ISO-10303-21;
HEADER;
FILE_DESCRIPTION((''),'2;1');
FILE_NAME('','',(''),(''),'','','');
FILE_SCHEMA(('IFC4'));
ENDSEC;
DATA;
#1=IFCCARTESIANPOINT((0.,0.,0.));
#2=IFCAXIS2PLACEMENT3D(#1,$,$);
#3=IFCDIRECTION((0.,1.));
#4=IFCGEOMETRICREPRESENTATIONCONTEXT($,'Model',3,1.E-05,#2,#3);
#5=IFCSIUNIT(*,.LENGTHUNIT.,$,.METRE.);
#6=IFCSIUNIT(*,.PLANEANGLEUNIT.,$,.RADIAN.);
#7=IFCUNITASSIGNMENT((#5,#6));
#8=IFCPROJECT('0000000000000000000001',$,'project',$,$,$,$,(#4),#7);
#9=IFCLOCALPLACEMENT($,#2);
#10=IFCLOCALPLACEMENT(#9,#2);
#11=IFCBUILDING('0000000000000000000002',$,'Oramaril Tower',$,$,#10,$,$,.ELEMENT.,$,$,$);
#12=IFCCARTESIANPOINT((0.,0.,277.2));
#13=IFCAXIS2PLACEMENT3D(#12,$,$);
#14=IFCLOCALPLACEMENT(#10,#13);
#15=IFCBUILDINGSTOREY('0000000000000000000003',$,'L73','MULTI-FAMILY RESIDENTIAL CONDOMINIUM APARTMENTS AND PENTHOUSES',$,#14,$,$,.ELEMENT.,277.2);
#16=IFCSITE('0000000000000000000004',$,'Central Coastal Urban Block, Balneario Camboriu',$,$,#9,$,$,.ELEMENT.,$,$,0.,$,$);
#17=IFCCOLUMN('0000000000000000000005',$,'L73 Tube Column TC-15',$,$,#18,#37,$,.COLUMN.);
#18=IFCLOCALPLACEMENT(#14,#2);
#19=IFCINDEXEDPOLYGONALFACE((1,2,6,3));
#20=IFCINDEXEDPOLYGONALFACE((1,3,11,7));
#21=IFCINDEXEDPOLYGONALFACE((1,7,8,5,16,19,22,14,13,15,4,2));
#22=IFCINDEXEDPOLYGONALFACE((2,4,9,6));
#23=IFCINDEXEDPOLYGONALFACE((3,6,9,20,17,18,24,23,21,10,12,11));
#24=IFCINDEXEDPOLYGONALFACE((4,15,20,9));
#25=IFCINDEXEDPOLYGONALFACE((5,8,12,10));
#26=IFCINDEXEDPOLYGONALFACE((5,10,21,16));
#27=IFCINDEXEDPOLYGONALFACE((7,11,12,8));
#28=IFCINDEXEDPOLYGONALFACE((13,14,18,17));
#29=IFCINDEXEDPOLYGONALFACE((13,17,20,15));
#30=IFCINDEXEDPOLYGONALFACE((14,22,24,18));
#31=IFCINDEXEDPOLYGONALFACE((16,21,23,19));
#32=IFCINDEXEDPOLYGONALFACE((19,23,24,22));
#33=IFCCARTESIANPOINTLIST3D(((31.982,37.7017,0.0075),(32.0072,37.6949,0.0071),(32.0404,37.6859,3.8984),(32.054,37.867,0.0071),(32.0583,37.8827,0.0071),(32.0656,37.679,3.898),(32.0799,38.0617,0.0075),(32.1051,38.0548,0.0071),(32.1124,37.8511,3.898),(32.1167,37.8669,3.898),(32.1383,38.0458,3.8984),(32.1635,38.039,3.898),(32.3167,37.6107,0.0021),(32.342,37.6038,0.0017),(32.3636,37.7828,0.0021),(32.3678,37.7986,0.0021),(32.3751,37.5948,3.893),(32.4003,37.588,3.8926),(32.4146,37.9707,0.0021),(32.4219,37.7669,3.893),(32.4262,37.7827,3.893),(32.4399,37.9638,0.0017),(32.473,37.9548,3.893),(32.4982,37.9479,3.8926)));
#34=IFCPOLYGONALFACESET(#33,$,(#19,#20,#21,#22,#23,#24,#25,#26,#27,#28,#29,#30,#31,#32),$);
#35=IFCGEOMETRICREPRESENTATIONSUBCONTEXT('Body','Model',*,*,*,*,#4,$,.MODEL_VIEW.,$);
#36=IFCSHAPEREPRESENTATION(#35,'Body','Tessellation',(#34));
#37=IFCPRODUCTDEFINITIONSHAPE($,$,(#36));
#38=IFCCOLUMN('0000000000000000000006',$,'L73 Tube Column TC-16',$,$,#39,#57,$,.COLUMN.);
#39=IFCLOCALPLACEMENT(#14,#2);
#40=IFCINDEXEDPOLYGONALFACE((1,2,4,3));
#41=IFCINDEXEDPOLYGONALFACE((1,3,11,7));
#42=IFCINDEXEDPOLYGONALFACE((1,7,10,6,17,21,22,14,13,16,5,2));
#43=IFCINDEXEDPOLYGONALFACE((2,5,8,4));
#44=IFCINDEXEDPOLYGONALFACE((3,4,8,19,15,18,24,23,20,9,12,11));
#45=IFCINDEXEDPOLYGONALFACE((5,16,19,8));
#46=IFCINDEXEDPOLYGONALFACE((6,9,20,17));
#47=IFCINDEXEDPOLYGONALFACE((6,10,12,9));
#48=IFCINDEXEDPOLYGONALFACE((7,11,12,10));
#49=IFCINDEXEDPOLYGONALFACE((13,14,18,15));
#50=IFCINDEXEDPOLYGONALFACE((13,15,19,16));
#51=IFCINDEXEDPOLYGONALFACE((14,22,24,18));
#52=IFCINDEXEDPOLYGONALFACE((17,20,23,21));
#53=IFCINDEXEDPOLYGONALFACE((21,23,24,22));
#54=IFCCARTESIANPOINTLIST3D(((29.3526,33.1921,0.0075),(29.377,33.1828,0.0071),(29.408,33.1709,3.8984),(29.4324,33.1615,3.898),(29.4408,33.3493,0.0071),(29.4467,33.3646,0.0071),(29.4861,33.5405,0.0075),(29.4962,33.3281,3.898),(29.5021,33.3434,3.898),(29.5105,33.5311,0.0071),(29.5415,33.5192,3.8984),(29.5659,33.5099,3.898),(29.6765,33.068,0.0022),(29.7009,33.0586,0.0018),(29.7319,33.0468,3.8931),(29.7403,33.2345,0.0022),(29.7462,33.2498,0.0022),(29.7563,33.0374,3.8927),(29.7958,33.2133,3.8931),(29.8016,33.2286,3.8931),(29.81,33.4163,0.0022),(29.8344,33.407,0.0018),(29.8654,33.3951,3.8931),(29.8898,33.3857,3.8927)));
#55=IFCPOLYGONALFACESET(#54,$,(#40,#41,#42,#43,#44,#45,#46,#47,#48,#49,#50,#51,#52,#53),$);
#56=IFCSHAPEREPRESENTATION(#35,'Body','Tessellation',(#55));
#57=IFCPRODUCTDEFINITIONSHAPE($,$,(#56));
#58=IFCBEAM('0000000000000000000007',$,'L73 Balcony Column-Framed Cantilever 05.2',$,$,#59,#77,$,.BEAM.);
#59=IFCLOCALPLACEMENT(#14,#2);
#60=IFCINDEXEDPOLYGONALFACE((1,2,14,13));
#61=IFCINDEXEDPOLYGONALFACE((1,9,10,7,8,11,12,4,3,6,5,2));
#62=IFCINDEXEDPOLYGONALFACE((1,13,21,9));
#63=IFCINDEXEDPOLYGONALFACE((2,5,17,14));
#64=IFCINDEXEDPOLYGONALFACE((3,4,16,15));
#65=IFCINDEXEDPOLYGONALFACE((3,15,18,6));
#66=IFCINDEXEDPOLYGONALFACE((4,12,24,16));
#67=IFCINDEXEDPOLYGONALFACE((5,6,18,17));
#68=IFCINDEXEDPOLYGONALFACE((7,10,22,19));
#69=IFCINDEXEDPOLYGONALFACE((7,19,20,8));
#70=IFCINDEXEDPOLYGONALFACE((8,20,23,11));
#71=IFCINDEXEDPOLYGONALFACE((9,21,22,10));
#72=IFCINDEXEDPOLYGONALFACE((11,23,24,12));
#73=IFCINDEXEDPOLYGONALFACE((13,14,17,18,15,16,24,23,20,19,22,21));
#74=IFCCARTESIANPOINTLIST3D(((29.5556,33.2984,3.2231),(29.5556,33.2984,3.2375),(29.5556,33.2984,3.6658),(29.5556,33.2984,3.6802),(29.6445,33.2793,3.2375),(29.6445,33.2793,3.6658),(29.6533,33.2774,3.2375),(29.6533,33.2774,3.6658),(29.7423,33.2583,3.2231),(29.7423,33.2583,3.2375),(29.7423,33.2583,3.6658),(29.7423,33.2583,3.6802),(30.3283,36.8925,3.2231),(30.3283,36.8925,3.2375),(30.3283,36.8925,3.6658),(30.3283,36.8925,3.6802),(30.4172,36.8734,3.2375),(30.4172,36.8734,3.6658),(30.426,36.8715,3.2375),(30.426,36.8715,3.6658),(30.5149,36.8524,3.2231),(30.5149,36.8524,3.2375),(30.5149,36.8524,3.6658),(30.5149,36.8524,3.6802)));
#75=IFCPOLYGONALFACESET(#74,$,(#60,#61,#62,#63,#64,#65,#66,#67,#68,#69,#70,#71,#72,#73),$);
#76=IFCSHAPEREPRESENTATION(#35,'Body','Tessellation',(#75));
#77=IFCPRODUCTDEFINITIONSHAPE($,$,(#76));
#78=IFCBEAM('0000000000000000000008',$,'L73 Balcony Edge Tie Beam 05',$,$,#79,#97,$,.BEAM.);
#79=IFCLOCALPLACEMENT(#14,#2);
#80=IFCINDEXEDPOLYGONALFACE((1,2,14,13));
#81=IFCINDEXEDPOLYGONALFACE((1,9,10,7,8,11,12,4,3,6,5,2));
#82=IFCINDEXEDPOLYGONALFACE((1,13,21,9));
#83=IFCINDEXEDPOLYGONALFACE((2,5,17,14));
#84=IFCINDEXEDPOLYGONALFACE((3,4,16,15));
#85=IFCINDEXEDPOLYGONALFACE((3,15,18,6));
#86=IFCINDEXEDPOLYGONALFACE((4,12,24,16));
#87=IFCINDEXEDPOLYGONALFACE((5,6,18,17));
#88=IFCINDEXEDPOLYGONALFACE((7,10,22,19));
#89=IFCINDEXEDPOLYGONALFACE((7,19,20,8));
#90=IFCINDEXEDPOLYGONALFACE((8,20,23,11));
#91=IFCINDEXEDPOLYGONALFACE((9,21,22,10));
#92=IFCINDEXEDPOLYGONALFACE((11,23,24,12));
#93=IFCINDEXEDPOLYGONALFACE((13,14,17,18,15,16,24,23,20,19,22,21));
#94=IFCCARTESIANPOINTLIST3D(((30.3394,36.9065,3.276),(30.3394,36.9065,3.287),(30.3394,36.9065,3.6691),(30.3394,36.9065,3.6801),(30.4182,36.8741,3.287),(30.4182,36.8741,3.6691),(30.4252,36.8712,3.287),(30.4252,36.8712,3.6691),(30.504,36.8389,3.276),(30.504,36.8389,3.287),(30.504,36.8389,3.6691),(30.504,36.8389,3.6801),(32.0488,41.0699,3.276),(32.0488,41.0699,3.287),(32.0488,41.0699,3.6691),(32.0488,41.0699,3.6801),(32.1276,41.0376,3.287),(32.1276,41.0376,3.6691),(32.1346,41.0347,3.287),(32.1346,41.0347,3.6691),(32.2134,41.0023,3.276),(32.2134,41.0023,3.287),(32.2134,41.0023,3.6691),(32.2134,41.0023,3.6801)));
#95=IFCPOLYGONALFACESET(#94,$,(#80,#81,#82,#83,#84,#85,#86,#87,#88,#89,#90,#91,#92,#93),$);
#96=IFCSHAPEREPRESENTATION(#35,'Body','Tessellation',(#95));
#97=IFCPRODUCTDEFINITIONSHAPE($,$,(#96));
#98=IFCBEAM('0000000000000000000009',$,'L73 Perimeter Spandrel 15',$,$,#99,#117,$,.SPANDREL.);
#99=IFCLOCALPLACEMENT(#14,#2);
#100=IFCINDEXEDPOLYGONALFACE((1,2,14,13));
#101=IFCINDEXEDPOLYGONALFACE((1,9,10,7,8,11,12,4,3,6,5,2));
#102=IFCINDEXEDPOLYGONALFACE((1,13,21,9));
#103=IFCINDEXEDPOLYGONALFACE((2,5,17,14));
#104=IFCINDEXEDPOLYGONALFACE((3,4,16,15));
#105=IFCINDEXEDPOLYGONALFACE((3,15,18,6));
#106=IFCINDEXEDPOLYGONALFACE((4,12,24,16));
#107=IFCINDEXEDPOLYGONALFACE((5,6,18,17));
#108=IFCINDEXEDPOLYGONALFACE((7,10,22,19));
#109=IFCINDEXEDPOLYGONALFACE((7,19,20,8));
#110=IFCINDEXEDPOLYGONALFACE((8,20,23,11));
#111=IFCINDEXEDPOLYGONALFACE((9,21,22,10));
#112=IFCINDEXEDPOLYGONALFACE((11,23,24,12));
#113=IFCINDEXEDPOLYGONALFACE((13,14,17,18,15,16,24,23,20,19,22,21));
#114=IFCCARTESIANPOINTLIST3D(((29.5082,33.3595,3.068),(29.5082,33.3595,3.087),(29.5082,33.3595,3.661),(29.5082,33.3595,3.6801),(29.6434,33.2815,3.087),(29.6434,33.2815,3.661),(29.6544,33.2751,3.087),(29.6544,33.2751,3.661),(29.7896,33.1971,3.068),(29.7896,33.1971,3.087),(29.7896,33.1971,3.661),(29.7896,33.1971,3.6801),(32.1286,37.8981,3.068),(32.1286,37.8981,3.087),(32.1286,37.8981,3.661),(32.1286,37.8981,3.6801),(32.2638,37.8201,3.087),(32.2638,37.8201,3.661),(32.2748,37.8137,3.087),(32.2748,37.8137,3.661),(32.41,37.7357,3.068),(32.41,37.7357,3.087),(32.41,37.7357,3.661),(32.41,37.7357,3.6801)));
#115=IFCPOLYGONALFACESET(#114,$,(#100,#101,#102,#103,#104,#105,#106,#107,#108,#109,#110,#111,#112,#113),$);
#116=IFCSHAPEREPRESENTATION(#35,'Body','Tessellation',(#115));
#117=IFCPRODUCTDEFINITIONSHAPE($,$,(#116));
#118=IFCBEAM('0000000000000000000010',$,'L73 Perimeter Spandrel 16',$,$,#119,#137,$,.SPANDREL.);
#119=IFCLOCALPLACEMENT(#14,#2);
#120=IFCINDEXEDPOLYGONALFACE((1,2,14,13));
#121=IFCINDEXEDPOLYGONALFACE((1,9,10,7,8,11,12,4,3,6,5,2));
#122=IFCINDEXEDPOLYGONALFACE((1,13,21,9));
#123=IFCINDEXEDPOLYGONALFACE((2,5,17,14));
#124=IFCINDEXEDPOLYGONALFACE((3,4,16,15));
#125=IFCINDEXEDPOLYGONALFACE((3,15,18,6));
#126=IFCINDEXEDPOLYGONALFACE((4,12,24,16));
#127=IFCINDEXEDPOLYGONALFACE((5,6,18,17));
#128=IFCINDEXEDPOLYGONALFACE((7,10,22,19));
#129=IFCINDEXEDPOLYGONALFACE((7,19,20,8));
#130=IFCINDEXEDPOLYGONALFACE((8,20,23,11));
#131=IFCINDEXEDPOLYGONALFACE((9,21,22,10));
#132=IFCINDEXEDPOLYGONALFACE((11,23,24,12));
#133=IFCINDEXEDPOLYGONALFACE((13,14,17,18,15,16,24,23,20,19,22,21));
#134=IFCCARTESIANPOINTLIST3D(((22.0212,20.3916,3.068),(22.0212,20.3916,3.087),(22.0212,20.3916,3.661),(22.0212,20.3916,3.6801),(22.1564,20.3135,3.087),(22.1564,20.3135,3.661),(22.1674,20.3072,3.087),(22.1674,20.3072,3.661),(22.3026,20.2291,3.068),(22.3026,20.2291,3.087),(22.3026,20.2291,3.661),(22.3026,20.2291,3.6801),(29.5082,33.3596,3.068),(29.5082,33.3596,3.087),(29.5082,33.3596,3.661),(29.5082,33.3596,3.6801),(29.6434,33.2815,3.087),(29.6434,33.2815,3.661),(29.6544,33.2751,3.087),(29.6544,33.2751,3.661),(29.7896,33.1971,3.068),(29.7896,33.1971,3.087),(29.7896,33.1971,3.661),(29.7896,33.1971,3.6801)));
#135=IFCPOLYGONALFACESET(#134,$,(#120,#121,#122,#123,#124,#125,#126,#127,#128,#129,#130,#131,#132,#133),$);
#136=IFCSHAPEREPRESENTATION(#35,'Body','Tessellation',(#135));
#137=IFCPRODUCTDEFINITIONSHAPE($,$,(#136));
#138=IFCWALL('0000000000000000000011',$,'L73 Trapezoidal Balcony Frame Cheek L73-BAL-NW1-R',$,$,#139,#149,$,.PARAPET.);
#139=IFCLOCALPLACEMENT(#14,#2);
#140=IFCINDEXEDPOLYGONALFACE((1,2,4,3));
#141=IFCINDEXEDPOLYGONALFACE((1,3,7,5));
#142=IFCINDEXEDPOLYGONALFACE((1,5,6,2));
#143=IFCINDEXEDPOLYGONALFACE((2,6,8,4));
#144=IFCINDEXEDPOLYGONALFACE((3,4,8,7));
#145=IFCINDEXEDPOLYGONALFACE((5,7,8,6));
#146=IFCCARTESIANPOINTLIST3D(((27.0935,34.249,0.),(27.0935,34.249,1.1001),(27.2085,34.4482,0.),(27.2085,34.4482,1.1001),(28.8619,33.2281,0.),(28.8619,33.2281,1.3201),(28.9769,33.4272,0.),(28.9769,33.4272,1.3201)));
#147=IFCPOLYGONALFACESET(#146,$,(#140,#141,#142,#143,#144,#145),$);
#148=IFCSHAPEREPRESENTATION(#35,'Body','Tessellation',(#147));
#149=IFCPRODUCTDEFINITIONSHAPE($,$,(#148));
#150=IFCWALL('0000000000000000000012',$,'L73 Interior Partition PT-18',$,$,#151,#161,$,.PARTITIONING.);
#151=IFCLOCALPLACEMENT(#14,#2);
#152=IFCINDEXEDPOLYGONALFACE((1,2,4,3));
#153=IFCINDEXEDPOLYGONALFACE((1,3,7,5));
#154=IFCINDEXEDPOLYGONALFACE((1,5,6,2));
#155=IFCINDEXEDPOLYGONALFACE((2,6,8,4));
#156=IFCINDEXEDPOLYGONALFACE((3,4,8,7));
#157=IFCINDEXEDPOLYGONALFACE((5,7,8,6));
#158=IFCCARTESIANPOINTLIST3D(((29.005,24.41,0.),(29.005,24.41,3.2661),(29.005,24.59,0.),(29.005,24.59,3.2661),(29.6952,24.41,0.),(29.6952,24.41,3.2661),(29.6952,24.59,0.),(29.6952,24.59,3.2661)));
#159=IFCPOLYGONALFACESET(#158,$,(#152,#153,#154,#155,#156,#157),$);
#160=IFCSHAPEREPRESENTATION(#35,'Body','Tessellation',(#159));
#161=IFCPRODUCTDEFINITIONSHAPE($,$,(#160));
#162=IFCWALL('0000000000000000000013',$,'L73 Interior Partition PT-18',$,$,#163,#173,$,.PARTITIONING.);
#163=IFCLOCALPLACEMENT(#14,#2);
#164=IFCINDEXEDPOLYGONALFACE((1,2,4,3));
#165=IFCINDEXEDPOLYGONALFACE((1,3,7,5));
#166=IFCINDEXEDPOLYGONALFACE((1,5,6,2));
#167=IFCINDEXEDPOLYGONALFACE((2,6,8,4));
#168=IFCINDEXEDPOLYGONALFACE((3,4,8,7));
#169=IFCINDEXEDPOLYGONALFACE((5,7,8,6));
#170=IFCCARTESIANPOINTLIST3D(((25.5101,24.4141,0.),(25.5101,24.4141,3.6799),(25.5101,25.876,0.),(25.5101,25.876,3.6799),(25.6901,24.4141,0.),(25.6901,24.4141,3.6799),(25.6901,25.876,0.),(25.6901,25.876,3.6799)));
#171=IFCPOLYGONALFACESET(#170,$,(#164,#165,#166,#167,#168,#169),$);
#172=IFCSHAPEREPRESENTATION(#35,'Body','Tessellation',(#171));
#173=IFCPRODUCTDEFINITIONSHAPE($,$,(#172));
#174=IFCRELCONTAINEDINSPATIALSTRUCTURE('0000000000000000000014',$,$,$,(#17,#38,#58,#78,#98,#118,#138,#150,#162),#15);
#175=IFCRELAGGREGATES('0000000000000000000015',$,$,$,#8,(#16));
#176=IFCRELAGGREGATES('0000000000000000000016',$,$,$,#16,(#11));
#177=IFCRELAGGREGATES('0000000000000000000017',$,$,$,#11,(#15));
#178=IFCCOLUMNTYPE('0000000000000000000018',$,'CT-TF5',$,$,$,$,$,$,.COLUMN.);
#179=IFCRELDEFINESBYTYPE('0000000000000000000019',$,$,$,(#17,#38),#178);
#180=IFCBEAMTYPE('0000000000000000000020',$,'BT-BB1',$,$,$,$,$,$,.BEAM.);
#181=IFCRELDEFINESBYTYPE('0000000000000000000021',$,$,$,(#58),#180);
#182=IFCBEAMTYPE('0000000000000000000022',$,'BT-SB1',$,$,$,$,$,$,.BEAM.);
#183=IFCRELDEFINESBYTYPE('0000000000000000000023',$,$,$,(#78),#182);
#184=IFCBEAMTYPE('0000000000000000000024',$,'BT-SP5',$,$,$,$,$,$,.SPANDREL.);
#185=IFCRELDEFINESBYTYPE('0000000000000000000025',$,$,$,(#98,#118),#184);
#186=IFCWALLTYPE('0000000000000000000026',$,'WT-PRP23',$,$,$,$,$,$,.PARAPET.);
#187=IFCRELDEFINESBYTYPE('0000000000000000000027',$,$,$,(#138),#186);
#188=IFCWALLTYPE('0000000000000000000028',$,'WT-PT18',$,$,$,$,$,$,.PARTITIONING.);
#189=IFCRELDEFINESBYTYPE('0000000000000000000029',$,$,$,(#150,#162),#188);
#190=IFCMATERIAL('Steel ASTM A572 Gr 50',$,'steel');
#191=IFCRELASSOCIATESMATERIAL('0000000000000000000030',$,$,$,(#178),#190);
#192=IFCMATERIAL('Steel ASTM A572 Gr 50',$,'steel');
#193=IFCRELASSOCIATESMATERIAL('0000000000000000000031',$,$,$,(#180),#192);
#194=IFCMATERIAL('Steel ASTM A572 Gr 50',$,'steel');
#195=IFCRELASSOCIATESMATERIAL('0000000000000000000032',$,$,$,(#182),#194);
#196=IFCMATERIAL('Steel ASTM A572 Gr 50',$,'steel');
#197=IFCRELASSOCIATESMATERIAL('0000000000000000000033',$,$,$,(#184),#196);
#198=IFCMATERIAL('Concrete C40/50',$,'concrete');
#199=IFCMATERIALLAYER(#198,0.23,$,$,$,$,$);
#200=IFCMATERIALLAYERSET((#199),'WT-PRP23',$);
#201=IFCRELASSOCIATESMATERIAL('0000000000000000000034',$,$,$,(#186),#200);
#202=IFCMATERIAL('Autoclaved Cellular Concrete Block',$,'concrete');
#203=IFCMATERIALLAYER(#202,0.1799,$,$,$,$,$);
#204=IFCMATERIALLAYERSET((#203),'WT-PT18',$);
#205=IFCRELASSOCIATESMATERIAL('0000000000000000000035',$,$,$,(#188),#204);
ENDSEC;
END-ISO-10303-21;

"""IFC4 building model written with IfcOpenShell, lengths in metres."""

from ifc_helpers import new_model, si_unit, direction, frame, frame_2d, origin, origin_2d, place, context, subcontext, project, spatial, polyline, rectangle, i_section, outline, extrude, material, layer, layer_set, material_profile, profile_set, type_object, element, save


model = new_model("IFC4")

# Units and contexts
model_context = context("Model", 3, precision=1e-05, world=origin(), true_north=direction((0.0, 1.0)))
body_context = subcontext(model_context, "Body", "Model", "MODEL_VIEW")
ifc_project = project(units=[si_unit("LENGTHUNIT", "METRE"), si_unit("PLANEANGLEUNIT", "RADIAN")], contexts=[model_context])

# Site, building, storey
site_placement = place(None, origin())
site = spatial("IfcSite", under=ifc_project, at=site_placement, Name="Central Coastal Urban Block, Balneario Camboriu", CompositionType="ELEMENT", RefElevation=0.0)
building_placement = place(site_placement, origin())
building = spatial("IfcBuilding", under=site, at=building_placement, Name="Oramaril Tower", CompositionType="ELEMENT")
storey_placement = place(building_placement, frame((0.0, 0.0, 277.2)))
storey = spatial("IfcBuildingStorey", under=building, at=storey_placement, Name="L73", Description="MULTI-FAMILY RESIDENTIAL CONDOMINIUM APARTMENTS AND PENTHOUSES", CompositionType="ELEMENT", Elevation=277.2)

# Columns
ifc_material_1 = material(Name="Steel ASTM A572 Gr 50", Category="steel")
ifc_material_profile_1 = material_profile(ifc_material_1, i_section(OverallWidth=0.373, OverallDepth=0.373, WebThickness=0.0164, FlangeThickness=0.0261, at=origin_2d()), Name="W14X132")
ifc_profile_set_1 = profile_set([ifc_material_profile_1], Name="Steel ASTM A572 Gr 50")
column_type = type_object("IfcColumnType", Name="CT-TF5", PredefinedType="COLUMN", material=ifc_profile_set_1)
for number, where, z_axis, x_axis, name in (
    (1, (32.2109, 37.8328, 0.0046), (0.014995, -0.004078, 0.999879), (0.262434, 0.96495, 0.0), "L73 Tube Column TC-15"),
    (2, (29.5935, 33.2996, 0.0046), (0.014242, -0.005458, 0.999884), (0.357876, 0.933769, 0.0), "L73 Tube Column TC-16"),
):
    element("IfcColumn", number, at=place(storey_placement, frame(where, z_axis=z_axis, x_axis=x_axis)), inside=storey, type_object=column_type, Name=name, PredefinedType="COLUMN", context=body_context, shape_type="SweptSolid", body=[
        extrude(i_section(OverallWidth=0.373, OverallDepth=0.373, WebThickness=0.0164, FlangeThickness=0.0261, at=origin_2d()), origin(), (0.0, 0.0, 1.0), 3.8914),
    ])

# Beams
ifc_material_2 = material(Name="Steel ASTM A572 Gr 50", Category="steel")
ifc_material_profile_2 = material_profile(ifc_material_2, i_section(OverallWidth=0.1909, OverallDepth=0.457, WebThickness=0.009, FlangeThickness=0.0144, at=origin_2d()), Name="W18X50")
ifc_profile_set_2 = profile_set([ifc_material_profile_2], Name="Steel ASTM A572 Gr 50")
beam_type_1 = type_object("IfcBeamType", Name="BT-BB1", PredefinedType="BEAM", material=ifc_profile_set_2)
beam_1_placement = place(storey_placement, frame((29.6489, 33.2783, 3.4517), z_axis=(0.210182, 0.977662, 0.0), x_axis=(-0.977662, 0.210182, 0.0)))
element("IfcBeam", 3, at=beam_1_placement, inside=storey, type_object=beam_type_1, Name="L73 Balcony Column-Framed Cantilever 05.2", PredefinedType="BEAM", context=body_context, shape_type="SweptSolid", body=[
    extrude(i_section(OverallWidth=0.1909, OverallDepth=0.457, WebThickness=0.009, FlangeThickness=0.0144, at=origin_2d()), origin(), (0.0, 0.0, 1.0), 3.6763),
])
ifc_material_3 = material(Name="Steel ASTM A572 Gr 50", Category="steel")
ifc_material_profile_3 = material_profile(ifc_material_3, i_section(OverallWidth=0.178, OverallDepth=0.4041, WebThickness=0.0076, FlangeThickness=0.011, at=origin_2d()), Name="W16X36")
ifc_profile_set_3 = profile_set([ifc_material_profile_3], Name="Steel ASTM A572 Gr 50")
beam_type_2 = type_object("IfcBeamType", Name="BT-SB1", PredefinedType="BEAM", material=ifc_profile_set_3)
beam_2_placement = place(storey_placement, frame((32.1311, 41.0361, 3.478), z_axis=(-0.379811, -0.925064, 0.0), x_axis=(0.925064, -0.379811, 0.0)))
element("IfcBeam", 4, at=beam_2_placement, inside=storey, type_object=beam_type_2, Name="L73 Balcony Edge Tie Beam 05", PredefinedType="BEAM", context=body_context, shape_type="SweptSolid", body=[
    extrude(i_section(OverallWidth=0.178, OverallDepth=0.4041, WebThickness=0.0076, FlangeThickness=0.011, at=origin_2d()), origin(), (0.0, 0.0, 1.0), 4.5007),
])
ifc_material_4 = material(Name="Steel ASTM A572 Gr 50", Category="steel")
ifc_material_profile_4 = material_profile(ifc_material_4, i_section(OverallWidth=0.325, OverallDepth=0.6121, WebThickness=0.0127, FlangeThickness=0.019, at=origin_2d()), Name="W24X104")
ifc_profile_set_4 = profile_set([ifc_material_profile_4], Name="Steel ASTM A572 Gr 50")
beam_type_3 = type_object("IfcBeamType", Name="BT-SP5", PredefinedType="SPANDREL", material=ifc_profile_set_4)
beam_3_placement = place(storey_placement, frame((32.2693, 37.8169, 3.374), z_axis=(-0.500002, -0.866024, 0.0), x_axis=(0.866024, -0.500002, 0.0)))
element("IfcBeam", 5, at=beam_3_placement, inside=storey, type_object=beam_type_3, Name="L73 Perimeter Spandrel 15", PredefinedType="SPANDREL", context=body_context, shape_type="SweptSolid", body=[
    extrude(i_section(OverallWidth=0.325, OverallDepth=0.6121, WebThickness=0.0127, FlangeThickness=0.019, at=origin_2d()), origin(), (0.0, 0.0, 1.0), 5.2407),
])
beam_4_placement = place(storey_placement, frame((29.6489, 33.2783, 3.374), z_axis=(-0.499999, -0.866026, 0.0), x_axis=(0.866026, -0.499999, 0.0)))
element("IfcBeam", 6, at=beam_4_placement, inside=storey, type_object=beam_type_3, Name="L73 Perimeter Spandrel 16", PredefinedType="SPANDREL", context=body_context, shape_type="SweptSolid", body=[
    extrude(i_section(OverallWidth=0.325, OverallDepth=0.6121, WebThickness=0.0127, FlangeThickness=0.019, at=origin_2d()), origin(), (0.0, 0.0, 1.0), 14.9741),
])

# Walls
ifc_material_5 = material(Name="Concrete C40/50", Category="concrete")
ifc_layer_1 = layer(ifc_material_5, 0.23)
ifc_layer_set_1 = layer_set([ifc_layer_1], Name="WT-PRP23")
wall_type_1 = type_object("IfcWallType", Name="WT-PRP23", PredefinedType="PARAPET", material=ifc_layer_set_1)
wall_1_placement = place(storey_placement, frame((28.9194, 33.3276, 0.0), z_axis=(0.0, 0.0, 1.0), x_axis=(-0.866042, 0.499971, 0.0)))
element("IfcWall", 7, at=wall_1_placement, inside=storey, type_object=wall_type_1, Name="L73 Trapezoidal Balcony Frame Cheek L73-BAL-NW1-R", PredefinedType="PARAPET", context=body_context, shape_type="SweptSolid", body=[
    extrude(outline(polyline([(0.0, 0.0), (2.042, 0.0), (2.042, 1.1001), (0.0, 1.3201), (0.0, 0.0)])), frame((0.0, 0.115, 0.0), z_axis=(0.0, -1.0, 0.0), x_axis=(1.0, 0.0, 0.0)), (0.0, 0.0, 1.0), 0.23),
])
ifc_material_6 = material(Name="Autoclaved Cellular Concrete Block", Category="concrete")
ifc_layer_2 = layer(ifc_material_6, 0.1799)
ifc_layer_set_2 = layer_set([ifc_layer_2], Name="WT-PT18")
wall_type_2 = type_object("IfcWallType", Name="WT-PT18", PredefinedType="PARTITIONING", material=ifc_layer_set_2)
wall_2_placement = place(storey_placement, frame((29.0049, 24.5, 0.0), z_axis=(0.0, 0.0, 1.0), x_axis=(1.0, 0.0, 0.0)))
element("IfcWall", 8, at=wall_2_placement, inside=storey, type_object=wall_type_2, Name="L73 Interior Partition PT-18", PredefinedType="PARTITIONING", context=body_context, shape_type="SweptSolid", body=[
    extrude(rectangle(XDim=0.6902, YDim=0.1799, at=frame_2d((0.3452, 0.0))), origin(), (0.0, 0.0, 1.0), 3.2661),
])

# Wall
wall_3_placement = place(storey_placement, frame((25.6001, 24.4141, 0.0), z_axis=(0.0, 0.0, 1.0), x_axis=(0.0, 1.0, 0.0)))
element("IfcWall", 9, at=wall_3_placement, inside=storey, type_object=wall_type_2, Name="L73 Interior Partition PT-18", PredefinedType="PARTITIONING", context=body_context, shape_type="SweptSolid", body=[
    extrude(rectangle(XDim=1.4619, YDim=0.1799, at=frame_2d((0.731, 0.0))), origin(), (0.0, 0.0, 1.0), 3.6799),
])

save(model, "model.ifc")
